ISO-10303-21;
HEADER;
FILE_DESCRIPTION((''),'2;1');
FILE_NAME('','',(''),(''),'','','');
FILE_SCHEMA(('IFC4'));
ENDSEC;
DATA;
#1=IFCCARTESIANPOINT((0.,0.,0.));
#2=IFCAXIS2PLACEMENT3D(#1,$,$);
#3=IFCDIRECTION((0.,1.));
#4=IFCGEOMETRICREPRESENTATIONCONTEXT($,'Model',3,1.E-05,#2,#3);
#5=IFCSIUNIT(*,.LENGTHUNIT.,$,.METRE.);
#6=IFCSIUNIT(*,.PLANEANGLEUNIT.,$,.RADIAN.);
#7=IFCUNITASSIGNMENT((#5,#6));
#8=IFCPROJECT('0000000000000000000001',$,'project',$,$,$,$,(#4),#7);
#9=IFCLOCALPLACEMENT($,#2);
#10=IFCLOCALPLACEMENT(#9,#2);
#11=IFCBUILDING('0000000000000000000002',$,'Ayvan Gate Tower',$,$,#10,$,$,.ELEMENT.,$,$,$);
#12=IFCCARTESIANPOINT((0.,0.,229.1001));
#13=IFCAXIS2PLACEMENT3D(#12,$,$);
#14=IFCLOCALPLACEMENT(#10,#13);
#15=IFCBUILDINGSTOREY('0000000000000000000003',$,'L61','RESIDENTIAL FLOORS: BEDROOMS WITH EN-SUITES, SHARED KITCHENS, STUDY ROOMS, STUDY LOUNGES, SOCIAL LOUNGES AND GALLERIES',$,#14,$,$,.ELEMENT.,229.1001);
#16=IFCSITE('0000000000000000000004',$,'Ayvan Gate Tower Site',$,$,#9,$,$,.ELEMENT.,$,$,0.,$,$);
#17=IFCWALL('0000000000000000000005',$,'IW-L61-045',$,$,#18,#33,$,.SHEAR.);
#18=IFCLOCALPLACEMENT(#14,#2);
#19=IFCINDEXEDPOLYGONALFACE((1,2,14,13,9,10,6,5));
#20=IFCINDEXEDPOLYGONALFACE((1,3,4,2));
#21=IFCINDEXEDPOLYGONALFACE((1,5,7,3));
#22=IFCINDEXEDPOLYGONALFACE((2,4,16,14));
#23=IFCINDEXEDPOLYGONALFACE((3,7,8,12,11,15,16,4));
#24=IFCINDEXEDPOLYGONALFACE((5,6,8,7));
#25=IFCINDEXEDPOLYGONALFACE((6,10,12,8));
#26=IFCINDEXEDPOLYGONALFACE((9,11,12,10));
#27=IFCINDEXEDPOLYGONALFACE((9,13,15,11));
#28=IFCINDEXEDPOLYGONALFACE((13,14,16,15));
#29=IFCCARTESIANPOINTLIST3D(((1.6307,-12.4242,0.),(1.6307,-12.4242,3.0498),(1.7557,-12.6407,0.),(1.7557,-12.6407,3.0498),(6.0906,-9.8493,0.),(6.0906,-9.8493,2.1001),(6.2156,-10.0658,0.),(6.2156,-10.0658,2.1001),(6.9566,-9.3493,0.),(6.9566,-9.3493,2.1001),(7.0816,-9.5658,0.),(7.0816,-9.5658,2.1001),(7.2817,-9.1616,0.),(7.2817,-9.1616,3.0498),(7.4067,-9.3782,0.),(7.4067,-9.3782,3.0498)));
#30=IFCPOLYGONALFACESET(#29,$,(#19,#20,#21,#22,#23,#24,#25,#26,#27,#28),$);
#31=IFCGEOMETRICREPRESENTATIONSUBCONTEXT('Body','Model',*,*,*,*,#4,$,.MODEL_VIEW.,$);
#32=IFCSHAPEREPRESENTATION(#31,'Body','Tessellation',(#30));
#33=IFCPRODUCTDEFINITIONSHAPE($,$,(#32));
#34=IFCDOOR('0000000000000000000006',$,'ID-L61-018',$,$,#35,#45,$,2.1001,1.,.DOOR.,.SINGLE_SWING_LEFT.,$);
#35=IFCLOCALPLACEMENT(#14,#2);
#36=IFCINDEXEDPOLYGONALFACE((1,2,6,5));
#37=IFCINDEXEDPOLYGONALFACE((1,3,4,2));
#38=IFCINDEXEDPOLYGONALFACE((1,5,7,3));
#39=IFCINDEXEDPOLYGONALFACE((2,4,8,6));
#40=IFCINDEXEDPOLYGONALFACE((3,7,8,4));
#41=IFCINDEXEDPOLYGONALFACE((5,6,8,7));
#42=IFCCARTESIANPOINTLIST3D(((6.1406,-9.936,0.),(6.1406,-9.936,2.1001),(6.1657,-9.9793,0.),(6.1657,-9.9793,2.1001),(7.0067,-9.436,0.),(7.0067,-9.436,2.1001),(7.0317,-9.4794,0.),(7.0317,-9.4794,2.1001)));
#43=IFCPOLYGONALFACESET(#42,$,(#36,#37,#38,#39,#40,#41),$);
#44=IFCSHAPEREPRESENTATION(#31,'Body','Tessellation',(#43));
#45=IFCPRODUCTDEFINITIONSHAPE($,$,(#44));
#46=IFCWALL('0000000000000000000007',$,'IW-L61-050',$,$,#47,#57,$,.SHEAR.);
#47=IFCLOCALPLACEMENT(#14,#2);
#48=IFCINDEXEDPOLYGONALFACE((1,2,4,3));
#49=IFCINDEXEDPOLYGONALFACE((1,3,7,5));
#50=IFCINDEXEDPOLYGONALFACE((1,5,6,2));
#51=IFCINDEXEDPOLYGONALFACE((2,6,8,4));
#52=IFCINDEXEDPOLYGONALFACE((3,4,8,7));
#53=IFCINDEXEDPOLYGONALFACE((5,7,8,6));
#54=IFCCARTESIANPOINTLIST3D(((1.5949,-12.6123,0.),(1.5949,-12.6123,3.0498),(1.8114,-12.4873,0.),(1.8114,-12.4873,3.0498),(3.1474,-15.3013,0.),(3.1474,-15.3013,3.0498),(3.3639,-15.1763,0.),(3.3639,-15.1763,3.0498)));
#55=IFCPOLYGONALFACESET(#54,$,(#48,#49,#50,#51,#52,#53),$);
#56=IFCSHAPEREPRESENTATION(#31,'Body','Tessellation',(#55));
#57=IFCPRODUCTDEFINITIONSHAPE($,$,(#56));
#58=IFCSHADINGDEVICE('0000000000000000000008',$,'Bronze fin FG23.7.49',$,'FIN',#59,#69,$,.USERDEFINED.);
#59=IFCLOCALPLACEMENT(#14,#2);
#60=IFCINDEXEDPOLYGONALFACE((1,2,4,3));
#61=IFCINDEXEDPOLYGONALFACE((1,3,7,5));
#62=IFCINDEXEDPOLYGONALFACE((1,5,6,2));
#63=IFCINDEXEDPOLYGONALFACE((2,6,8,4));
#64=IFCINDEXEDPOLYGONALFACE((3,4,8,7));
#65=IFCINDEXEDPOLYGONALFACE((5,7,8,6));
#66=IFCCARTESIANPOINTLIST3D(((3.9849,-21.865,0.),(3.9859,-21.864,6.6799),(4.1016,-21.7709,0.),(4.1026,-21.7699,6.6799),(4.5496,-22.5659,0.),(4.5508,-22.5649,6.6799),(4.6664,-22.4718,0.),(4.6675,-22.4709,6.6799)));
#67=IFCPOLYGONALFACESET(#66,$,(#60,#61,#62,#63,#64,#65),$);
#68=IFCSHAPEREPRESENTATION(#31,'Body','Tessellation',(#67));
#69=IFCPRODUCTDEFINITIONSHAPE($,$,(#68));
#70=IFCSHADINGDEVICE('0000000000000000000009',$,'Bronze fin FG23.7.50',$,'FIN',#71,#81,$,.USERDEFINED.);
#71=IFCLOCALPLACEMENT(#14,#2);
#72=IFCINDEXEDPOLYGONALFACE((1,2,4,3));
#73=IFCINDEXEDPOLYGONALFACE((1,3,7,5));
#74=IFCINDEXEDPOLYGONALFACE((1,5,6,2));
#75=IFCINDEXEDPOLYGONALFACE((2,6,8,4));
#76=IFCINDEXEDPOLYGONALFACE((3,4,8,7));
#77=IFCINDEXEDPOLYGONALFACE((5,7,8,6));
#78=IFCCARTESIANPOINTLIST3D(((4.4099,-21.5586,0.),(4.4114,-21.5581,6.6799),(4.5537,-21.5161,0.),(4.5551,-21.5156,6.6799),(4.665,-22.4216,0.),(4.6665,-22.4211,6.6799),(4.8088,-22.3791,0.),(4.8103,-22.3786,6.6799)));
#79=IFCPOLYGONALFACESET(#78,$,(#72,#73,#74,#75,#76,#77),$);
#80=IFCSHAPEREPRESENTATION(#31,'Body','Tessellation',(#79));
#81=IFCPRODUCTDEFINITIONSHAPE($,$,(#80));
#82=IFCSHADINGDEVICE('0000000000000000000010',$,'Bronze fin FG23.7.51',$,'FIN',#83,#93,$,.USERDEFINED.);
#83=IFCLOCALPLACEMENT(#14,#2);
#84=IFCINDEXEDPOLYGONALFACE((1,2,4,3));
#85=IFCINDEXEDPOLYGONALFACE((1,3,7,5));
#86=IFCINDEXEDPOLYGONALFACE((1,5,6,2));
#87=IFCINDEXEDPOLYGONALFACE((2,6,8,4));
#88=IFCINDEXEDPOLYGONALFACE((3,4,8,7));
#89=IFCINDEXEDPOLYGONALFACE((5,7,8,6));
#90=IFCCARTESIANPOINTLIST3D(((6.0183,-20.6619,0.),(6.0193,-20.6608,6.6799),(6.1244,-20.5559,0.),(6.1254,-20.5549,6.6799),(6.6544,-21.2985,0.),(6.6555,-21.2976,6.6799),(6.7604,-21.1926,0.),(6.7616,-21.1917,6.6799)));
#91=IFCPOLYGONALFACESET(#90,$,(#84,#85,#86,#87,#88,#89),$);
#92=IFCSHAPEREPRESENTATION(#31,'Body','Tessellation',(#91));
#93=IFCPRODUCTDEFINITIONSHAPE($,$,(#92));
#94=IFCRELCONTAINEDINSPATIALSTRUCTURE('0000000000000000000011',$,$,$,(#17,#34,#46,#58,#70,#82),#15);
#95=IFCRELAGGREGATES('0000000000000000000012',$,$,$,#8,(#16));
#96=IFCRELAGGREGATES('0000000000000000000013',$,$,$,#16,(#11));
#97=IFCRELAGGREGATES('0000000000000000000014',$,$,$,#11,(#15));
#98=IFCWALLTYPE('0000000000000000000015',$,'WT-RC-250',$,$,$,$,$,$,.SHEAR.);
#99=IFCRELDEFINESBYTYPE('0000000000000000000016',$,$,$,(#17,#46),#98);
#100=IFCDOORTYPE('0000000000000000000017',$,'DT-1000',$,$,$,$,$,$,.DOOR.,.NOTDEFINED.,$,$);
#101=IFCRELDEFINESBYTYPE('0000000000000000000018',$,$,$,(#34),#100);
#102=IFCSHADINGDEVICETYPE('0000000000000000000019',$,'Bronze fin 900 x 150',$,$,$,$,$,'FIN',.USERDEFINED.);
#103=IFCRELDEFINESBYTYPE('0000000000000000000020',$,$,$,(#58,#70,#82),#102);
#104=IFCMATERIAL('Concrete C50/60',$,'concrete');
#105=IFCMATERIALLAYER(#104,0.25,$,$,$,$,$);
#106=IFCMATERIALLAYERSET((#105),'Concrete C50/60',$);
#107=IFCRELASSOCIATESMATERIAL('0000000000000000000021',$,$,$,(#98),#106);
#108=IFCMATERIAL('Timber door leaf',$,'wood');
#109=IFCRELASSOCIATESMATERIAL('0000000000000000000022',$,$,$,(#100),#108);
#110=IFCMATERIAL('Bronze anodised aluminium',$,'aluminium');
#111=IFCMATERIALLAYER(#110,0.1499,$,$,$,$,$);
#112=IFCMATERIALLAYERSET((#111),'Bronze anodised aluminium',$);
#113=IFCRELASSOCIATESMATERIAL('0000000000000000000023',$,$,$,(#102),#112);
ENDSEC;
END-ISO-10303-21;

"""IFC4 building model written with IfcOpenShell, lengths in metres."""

from ifc_helpers import new_model, si_unit, direction, frame, frame_2d, origin, place, context, subcontext, project, spatial, polyline, rectangle, outline, extrude, material, layer, layer_set, type_object, element, fill, save


model = new_model("IFC4")

# Units and contexts
model_context = context("Model", 3, precision=1e-05, world=origin(), true_north=direction((0.0, 1.0)))
body_context = subcontext(model_context, "Body", "Model", "MODEL_VIEW")
ifc_project = project(units=[si_unit("LENGTHUNIT", "METRE"), si_unit("PLANEANGLEUNIT", "RADIAN")], contexts=[model_context])

# Site, building, storey
site_placement = place(None, origin())
site = spatial("IfcSite", under=ifc_project, at=site_placement, Name="Ayvan Gate Tower Site", CompositionType="ELEMENT", RefElevation=0.0)
building_placement = place(site_placement, origin())
building = spatial("IfcBuilding", under=site, at=building_placement, Name="Ayvan Gate Tower", CompositionType="ELEMENT")
storey_placement = place(building_placement, frame((0.0, 0.0, 229.1001)))
storey = spatial("IfcBuildingStorey", under=building, at=storey_placement, Name="L61", Description="RESIDENTIAL FLOORS: BEDROOMS WITH EN-SUITES, SHARED KITCHENS, STUDY ROOMS, STUDY LOUNGES, SOCIAL LOUNGES AND GALLERIES", CompositionType="ELEMENT", Elevation=229.1001)

# Shared definitions
ifc_material_1 = material(Name="Concrete C50/60", Category="concrete")

# Shared definitions
ifc_material_2 = material(Name="Bronze anodised aluminium", Category="aluminium")

# Shared definitions
ifc_layer_1 = layer(ifc_material_1, 0.25)
ifc_layer_set_1 = layer_set([ifc_layer_1], Name="Concrete C50/60")
wall_type = type_object("IfcWallType", Name="WT-RC-250", PredefinedType="SHEAR", material=ifc_layer_set_1)

# Wall, opening, door
wall_1_placement = place(storey_placement, frame((1.6931, -12.5325, 0.0), z_axis=(0.0, 0.0, 1.0), x_axis=(0.866031, 0.49999, 0.0)))
wall_1 = element("IfcWall", 1, at=wall_1_placement, inside=storey, type_object=wall_type, Name="IW-L61-045", PredefinedType="SHEAR", context=body_context, shape_type="SweptSolid", body=[
    extrude(rectangle(XDim=6.5251, YDim=0.25, at=frame_2d((3.2627, 0.0))), origin(), (0.0, 0.0, 1.0), 3.0498),
])
opening_placement = place(wall_1_placement, frame((5.1499, 0.0, 0.0)))
opening = element("IfcOpeningElement", 2, at=opening_placement, cuts=wall_1, PredefinedType="OPENING", context=body_context, shape_type="SweptSolid", body=[
    extrude(rectangle(XDim=1.0, YDim=2.1001, at=frame_2d((0.5, 1.05))), frame((0.0, 0.135, 0.0), z_axis=(0.0, -1.0, 0.0), x_axis=(1.0, 0.0, 0.0)), (0.0, 0.0, 1.0), 0.27),
])
ifc_material_3 = material(Name="Timber door leaf", Category="wood")
door_type = type_object("IfcDoorType", Name="DT-1000", OperationType="NOTDEFINED", PredefinedType="DOOR", material=ifc_material_3)
door_placement = place(opening_placement, origin())
door = element("IfcDoor", 3, at=door_placement, inside=storey, type_object=door_type, Name="ID-L61-018", OperationType="SINGLE_SWING_LEFT", OverallHeight=2.1001, OverallWidth=1.0, PredefinedType="DOOR", context=body_context, shape_type="SweptSolid", body=[
    extrude(rectangle(XDim=1.0, YDim=2.1001, at=frame_2d((0.5, 1.05))), frame((0.0, 0.0249, 0.0), z_axis=(0.0, -1.0, 0.0), x_axis=(1.0, 0.0, 0.0)), (0.0, 0.0, 1.0), 0.05),
])
fill(opening, door)

# Wall
wall_2_placement = place(storey_placement, frame((3.2556, -15.2388, 0.0), z_axis=(0.0, 0.0, 1.0), x_axis=(-0.500004, 0.866023, 0.0)))
element("IfcWall", 4, at=wall_2_placement, inside=storey, type_object=wall_type, Name="IW-L61-050", PredefinedType="SHEAR", context=body_context, shape_type="SweptSolid", body=[
    extrude(rectangle(XDim=3.105, YDim=0.25, at=frame_2d((1.5525, 0.0))), origin(), (0.0, 0.0, 1.0), 3.0498),
])

# Shading devices
ifc_layer_2 = layer(ifc_material_2, 0.1499)
ifc_layer_set_2 = layer_set([ifc_layer_2], Name="Bronze anodised aluminium")
shading_device_type = type_object("IfcShadingDeviceType", Name="Bronze fin 900 x 150", ElementType="FIN", PredefinedType="USERDEFINED", material=ifc_layer_set_2)
shading_device_1_placement = place(storey_placement, frame((3.9849, -21.865, 0.0), z_axis=(-0.778655, -0.627453, 0.00022), x_axis=(0.627453, -0.778655, 0.0)))
element("IfcShadingDevice", 5, at=shading_device_1_placement, inside=storey, type_object=shading_device_type, Name="Bronze fin FG23.7.49", ObjectType="FIN", PredefinedType="USERDEFINED", context=body_context, shape_type="SweptSolid", body=[
    extrude(outline(polyline([(0.0, 0.0), (0.9001, 0.0), (0.9001, 6.6799), (-0.0001, 6.6799), (0.0, 0.0)])), origin(), (0.0, 0.0, -1.0), 0.1499),
])
shading_device_2_placement = place(storey_placement, frame((4.4099, -21.5586, 0.0), z_axis=(-0.958976, -0.283488, 0.000231), x_axis=(0.283488, -0.958976, 0.0)))
element("IfcShadingDevice", 6, at=shading_device_2_placement, inside=storey, type_object=shading_device_type, Name="Bronze fin FG23.7.50", ObjectType="FIN", PredefinedType="USERDEFINED", context=body_context, shape_type="SweptSolid", body=[
    extrude(outline(polyline([(0.0, 0.0), (0.9, 0.0), (0.8999, 6.6799), (-0.0001, 6.6799), (0.0, 0.0)])), origin(), (0.0, 0.0, -1.0), 0.1499),
])
shading_device_3_placement = place(storey_placement, frame((6.0183, -20.6619, 0.0), z_axis=(-0.707446, -0.706768, 0.00022), x_axis=(0.706768, -0.707446, 0.0)))
element("IfcShadingDevice", 7, at=shading_device_3_placement, inside=storey, type_object=shading_device_type, Name="Bronze fin FG23.7.51", ObjectType="FIN", PredefinedType="USERDEFINED", context=body_context, shape_type="SweptSolid", body=[
    extrude(outline(polyline([(0.0, 0.0), (0.8999, 0.0), (0.9001, 6.6799), (0.0, 6.6799), (0.0, 0.0)])), origin(), (0.0, 0.0, -1.0), 0.1499),
])

save(model, "model.ifc")
